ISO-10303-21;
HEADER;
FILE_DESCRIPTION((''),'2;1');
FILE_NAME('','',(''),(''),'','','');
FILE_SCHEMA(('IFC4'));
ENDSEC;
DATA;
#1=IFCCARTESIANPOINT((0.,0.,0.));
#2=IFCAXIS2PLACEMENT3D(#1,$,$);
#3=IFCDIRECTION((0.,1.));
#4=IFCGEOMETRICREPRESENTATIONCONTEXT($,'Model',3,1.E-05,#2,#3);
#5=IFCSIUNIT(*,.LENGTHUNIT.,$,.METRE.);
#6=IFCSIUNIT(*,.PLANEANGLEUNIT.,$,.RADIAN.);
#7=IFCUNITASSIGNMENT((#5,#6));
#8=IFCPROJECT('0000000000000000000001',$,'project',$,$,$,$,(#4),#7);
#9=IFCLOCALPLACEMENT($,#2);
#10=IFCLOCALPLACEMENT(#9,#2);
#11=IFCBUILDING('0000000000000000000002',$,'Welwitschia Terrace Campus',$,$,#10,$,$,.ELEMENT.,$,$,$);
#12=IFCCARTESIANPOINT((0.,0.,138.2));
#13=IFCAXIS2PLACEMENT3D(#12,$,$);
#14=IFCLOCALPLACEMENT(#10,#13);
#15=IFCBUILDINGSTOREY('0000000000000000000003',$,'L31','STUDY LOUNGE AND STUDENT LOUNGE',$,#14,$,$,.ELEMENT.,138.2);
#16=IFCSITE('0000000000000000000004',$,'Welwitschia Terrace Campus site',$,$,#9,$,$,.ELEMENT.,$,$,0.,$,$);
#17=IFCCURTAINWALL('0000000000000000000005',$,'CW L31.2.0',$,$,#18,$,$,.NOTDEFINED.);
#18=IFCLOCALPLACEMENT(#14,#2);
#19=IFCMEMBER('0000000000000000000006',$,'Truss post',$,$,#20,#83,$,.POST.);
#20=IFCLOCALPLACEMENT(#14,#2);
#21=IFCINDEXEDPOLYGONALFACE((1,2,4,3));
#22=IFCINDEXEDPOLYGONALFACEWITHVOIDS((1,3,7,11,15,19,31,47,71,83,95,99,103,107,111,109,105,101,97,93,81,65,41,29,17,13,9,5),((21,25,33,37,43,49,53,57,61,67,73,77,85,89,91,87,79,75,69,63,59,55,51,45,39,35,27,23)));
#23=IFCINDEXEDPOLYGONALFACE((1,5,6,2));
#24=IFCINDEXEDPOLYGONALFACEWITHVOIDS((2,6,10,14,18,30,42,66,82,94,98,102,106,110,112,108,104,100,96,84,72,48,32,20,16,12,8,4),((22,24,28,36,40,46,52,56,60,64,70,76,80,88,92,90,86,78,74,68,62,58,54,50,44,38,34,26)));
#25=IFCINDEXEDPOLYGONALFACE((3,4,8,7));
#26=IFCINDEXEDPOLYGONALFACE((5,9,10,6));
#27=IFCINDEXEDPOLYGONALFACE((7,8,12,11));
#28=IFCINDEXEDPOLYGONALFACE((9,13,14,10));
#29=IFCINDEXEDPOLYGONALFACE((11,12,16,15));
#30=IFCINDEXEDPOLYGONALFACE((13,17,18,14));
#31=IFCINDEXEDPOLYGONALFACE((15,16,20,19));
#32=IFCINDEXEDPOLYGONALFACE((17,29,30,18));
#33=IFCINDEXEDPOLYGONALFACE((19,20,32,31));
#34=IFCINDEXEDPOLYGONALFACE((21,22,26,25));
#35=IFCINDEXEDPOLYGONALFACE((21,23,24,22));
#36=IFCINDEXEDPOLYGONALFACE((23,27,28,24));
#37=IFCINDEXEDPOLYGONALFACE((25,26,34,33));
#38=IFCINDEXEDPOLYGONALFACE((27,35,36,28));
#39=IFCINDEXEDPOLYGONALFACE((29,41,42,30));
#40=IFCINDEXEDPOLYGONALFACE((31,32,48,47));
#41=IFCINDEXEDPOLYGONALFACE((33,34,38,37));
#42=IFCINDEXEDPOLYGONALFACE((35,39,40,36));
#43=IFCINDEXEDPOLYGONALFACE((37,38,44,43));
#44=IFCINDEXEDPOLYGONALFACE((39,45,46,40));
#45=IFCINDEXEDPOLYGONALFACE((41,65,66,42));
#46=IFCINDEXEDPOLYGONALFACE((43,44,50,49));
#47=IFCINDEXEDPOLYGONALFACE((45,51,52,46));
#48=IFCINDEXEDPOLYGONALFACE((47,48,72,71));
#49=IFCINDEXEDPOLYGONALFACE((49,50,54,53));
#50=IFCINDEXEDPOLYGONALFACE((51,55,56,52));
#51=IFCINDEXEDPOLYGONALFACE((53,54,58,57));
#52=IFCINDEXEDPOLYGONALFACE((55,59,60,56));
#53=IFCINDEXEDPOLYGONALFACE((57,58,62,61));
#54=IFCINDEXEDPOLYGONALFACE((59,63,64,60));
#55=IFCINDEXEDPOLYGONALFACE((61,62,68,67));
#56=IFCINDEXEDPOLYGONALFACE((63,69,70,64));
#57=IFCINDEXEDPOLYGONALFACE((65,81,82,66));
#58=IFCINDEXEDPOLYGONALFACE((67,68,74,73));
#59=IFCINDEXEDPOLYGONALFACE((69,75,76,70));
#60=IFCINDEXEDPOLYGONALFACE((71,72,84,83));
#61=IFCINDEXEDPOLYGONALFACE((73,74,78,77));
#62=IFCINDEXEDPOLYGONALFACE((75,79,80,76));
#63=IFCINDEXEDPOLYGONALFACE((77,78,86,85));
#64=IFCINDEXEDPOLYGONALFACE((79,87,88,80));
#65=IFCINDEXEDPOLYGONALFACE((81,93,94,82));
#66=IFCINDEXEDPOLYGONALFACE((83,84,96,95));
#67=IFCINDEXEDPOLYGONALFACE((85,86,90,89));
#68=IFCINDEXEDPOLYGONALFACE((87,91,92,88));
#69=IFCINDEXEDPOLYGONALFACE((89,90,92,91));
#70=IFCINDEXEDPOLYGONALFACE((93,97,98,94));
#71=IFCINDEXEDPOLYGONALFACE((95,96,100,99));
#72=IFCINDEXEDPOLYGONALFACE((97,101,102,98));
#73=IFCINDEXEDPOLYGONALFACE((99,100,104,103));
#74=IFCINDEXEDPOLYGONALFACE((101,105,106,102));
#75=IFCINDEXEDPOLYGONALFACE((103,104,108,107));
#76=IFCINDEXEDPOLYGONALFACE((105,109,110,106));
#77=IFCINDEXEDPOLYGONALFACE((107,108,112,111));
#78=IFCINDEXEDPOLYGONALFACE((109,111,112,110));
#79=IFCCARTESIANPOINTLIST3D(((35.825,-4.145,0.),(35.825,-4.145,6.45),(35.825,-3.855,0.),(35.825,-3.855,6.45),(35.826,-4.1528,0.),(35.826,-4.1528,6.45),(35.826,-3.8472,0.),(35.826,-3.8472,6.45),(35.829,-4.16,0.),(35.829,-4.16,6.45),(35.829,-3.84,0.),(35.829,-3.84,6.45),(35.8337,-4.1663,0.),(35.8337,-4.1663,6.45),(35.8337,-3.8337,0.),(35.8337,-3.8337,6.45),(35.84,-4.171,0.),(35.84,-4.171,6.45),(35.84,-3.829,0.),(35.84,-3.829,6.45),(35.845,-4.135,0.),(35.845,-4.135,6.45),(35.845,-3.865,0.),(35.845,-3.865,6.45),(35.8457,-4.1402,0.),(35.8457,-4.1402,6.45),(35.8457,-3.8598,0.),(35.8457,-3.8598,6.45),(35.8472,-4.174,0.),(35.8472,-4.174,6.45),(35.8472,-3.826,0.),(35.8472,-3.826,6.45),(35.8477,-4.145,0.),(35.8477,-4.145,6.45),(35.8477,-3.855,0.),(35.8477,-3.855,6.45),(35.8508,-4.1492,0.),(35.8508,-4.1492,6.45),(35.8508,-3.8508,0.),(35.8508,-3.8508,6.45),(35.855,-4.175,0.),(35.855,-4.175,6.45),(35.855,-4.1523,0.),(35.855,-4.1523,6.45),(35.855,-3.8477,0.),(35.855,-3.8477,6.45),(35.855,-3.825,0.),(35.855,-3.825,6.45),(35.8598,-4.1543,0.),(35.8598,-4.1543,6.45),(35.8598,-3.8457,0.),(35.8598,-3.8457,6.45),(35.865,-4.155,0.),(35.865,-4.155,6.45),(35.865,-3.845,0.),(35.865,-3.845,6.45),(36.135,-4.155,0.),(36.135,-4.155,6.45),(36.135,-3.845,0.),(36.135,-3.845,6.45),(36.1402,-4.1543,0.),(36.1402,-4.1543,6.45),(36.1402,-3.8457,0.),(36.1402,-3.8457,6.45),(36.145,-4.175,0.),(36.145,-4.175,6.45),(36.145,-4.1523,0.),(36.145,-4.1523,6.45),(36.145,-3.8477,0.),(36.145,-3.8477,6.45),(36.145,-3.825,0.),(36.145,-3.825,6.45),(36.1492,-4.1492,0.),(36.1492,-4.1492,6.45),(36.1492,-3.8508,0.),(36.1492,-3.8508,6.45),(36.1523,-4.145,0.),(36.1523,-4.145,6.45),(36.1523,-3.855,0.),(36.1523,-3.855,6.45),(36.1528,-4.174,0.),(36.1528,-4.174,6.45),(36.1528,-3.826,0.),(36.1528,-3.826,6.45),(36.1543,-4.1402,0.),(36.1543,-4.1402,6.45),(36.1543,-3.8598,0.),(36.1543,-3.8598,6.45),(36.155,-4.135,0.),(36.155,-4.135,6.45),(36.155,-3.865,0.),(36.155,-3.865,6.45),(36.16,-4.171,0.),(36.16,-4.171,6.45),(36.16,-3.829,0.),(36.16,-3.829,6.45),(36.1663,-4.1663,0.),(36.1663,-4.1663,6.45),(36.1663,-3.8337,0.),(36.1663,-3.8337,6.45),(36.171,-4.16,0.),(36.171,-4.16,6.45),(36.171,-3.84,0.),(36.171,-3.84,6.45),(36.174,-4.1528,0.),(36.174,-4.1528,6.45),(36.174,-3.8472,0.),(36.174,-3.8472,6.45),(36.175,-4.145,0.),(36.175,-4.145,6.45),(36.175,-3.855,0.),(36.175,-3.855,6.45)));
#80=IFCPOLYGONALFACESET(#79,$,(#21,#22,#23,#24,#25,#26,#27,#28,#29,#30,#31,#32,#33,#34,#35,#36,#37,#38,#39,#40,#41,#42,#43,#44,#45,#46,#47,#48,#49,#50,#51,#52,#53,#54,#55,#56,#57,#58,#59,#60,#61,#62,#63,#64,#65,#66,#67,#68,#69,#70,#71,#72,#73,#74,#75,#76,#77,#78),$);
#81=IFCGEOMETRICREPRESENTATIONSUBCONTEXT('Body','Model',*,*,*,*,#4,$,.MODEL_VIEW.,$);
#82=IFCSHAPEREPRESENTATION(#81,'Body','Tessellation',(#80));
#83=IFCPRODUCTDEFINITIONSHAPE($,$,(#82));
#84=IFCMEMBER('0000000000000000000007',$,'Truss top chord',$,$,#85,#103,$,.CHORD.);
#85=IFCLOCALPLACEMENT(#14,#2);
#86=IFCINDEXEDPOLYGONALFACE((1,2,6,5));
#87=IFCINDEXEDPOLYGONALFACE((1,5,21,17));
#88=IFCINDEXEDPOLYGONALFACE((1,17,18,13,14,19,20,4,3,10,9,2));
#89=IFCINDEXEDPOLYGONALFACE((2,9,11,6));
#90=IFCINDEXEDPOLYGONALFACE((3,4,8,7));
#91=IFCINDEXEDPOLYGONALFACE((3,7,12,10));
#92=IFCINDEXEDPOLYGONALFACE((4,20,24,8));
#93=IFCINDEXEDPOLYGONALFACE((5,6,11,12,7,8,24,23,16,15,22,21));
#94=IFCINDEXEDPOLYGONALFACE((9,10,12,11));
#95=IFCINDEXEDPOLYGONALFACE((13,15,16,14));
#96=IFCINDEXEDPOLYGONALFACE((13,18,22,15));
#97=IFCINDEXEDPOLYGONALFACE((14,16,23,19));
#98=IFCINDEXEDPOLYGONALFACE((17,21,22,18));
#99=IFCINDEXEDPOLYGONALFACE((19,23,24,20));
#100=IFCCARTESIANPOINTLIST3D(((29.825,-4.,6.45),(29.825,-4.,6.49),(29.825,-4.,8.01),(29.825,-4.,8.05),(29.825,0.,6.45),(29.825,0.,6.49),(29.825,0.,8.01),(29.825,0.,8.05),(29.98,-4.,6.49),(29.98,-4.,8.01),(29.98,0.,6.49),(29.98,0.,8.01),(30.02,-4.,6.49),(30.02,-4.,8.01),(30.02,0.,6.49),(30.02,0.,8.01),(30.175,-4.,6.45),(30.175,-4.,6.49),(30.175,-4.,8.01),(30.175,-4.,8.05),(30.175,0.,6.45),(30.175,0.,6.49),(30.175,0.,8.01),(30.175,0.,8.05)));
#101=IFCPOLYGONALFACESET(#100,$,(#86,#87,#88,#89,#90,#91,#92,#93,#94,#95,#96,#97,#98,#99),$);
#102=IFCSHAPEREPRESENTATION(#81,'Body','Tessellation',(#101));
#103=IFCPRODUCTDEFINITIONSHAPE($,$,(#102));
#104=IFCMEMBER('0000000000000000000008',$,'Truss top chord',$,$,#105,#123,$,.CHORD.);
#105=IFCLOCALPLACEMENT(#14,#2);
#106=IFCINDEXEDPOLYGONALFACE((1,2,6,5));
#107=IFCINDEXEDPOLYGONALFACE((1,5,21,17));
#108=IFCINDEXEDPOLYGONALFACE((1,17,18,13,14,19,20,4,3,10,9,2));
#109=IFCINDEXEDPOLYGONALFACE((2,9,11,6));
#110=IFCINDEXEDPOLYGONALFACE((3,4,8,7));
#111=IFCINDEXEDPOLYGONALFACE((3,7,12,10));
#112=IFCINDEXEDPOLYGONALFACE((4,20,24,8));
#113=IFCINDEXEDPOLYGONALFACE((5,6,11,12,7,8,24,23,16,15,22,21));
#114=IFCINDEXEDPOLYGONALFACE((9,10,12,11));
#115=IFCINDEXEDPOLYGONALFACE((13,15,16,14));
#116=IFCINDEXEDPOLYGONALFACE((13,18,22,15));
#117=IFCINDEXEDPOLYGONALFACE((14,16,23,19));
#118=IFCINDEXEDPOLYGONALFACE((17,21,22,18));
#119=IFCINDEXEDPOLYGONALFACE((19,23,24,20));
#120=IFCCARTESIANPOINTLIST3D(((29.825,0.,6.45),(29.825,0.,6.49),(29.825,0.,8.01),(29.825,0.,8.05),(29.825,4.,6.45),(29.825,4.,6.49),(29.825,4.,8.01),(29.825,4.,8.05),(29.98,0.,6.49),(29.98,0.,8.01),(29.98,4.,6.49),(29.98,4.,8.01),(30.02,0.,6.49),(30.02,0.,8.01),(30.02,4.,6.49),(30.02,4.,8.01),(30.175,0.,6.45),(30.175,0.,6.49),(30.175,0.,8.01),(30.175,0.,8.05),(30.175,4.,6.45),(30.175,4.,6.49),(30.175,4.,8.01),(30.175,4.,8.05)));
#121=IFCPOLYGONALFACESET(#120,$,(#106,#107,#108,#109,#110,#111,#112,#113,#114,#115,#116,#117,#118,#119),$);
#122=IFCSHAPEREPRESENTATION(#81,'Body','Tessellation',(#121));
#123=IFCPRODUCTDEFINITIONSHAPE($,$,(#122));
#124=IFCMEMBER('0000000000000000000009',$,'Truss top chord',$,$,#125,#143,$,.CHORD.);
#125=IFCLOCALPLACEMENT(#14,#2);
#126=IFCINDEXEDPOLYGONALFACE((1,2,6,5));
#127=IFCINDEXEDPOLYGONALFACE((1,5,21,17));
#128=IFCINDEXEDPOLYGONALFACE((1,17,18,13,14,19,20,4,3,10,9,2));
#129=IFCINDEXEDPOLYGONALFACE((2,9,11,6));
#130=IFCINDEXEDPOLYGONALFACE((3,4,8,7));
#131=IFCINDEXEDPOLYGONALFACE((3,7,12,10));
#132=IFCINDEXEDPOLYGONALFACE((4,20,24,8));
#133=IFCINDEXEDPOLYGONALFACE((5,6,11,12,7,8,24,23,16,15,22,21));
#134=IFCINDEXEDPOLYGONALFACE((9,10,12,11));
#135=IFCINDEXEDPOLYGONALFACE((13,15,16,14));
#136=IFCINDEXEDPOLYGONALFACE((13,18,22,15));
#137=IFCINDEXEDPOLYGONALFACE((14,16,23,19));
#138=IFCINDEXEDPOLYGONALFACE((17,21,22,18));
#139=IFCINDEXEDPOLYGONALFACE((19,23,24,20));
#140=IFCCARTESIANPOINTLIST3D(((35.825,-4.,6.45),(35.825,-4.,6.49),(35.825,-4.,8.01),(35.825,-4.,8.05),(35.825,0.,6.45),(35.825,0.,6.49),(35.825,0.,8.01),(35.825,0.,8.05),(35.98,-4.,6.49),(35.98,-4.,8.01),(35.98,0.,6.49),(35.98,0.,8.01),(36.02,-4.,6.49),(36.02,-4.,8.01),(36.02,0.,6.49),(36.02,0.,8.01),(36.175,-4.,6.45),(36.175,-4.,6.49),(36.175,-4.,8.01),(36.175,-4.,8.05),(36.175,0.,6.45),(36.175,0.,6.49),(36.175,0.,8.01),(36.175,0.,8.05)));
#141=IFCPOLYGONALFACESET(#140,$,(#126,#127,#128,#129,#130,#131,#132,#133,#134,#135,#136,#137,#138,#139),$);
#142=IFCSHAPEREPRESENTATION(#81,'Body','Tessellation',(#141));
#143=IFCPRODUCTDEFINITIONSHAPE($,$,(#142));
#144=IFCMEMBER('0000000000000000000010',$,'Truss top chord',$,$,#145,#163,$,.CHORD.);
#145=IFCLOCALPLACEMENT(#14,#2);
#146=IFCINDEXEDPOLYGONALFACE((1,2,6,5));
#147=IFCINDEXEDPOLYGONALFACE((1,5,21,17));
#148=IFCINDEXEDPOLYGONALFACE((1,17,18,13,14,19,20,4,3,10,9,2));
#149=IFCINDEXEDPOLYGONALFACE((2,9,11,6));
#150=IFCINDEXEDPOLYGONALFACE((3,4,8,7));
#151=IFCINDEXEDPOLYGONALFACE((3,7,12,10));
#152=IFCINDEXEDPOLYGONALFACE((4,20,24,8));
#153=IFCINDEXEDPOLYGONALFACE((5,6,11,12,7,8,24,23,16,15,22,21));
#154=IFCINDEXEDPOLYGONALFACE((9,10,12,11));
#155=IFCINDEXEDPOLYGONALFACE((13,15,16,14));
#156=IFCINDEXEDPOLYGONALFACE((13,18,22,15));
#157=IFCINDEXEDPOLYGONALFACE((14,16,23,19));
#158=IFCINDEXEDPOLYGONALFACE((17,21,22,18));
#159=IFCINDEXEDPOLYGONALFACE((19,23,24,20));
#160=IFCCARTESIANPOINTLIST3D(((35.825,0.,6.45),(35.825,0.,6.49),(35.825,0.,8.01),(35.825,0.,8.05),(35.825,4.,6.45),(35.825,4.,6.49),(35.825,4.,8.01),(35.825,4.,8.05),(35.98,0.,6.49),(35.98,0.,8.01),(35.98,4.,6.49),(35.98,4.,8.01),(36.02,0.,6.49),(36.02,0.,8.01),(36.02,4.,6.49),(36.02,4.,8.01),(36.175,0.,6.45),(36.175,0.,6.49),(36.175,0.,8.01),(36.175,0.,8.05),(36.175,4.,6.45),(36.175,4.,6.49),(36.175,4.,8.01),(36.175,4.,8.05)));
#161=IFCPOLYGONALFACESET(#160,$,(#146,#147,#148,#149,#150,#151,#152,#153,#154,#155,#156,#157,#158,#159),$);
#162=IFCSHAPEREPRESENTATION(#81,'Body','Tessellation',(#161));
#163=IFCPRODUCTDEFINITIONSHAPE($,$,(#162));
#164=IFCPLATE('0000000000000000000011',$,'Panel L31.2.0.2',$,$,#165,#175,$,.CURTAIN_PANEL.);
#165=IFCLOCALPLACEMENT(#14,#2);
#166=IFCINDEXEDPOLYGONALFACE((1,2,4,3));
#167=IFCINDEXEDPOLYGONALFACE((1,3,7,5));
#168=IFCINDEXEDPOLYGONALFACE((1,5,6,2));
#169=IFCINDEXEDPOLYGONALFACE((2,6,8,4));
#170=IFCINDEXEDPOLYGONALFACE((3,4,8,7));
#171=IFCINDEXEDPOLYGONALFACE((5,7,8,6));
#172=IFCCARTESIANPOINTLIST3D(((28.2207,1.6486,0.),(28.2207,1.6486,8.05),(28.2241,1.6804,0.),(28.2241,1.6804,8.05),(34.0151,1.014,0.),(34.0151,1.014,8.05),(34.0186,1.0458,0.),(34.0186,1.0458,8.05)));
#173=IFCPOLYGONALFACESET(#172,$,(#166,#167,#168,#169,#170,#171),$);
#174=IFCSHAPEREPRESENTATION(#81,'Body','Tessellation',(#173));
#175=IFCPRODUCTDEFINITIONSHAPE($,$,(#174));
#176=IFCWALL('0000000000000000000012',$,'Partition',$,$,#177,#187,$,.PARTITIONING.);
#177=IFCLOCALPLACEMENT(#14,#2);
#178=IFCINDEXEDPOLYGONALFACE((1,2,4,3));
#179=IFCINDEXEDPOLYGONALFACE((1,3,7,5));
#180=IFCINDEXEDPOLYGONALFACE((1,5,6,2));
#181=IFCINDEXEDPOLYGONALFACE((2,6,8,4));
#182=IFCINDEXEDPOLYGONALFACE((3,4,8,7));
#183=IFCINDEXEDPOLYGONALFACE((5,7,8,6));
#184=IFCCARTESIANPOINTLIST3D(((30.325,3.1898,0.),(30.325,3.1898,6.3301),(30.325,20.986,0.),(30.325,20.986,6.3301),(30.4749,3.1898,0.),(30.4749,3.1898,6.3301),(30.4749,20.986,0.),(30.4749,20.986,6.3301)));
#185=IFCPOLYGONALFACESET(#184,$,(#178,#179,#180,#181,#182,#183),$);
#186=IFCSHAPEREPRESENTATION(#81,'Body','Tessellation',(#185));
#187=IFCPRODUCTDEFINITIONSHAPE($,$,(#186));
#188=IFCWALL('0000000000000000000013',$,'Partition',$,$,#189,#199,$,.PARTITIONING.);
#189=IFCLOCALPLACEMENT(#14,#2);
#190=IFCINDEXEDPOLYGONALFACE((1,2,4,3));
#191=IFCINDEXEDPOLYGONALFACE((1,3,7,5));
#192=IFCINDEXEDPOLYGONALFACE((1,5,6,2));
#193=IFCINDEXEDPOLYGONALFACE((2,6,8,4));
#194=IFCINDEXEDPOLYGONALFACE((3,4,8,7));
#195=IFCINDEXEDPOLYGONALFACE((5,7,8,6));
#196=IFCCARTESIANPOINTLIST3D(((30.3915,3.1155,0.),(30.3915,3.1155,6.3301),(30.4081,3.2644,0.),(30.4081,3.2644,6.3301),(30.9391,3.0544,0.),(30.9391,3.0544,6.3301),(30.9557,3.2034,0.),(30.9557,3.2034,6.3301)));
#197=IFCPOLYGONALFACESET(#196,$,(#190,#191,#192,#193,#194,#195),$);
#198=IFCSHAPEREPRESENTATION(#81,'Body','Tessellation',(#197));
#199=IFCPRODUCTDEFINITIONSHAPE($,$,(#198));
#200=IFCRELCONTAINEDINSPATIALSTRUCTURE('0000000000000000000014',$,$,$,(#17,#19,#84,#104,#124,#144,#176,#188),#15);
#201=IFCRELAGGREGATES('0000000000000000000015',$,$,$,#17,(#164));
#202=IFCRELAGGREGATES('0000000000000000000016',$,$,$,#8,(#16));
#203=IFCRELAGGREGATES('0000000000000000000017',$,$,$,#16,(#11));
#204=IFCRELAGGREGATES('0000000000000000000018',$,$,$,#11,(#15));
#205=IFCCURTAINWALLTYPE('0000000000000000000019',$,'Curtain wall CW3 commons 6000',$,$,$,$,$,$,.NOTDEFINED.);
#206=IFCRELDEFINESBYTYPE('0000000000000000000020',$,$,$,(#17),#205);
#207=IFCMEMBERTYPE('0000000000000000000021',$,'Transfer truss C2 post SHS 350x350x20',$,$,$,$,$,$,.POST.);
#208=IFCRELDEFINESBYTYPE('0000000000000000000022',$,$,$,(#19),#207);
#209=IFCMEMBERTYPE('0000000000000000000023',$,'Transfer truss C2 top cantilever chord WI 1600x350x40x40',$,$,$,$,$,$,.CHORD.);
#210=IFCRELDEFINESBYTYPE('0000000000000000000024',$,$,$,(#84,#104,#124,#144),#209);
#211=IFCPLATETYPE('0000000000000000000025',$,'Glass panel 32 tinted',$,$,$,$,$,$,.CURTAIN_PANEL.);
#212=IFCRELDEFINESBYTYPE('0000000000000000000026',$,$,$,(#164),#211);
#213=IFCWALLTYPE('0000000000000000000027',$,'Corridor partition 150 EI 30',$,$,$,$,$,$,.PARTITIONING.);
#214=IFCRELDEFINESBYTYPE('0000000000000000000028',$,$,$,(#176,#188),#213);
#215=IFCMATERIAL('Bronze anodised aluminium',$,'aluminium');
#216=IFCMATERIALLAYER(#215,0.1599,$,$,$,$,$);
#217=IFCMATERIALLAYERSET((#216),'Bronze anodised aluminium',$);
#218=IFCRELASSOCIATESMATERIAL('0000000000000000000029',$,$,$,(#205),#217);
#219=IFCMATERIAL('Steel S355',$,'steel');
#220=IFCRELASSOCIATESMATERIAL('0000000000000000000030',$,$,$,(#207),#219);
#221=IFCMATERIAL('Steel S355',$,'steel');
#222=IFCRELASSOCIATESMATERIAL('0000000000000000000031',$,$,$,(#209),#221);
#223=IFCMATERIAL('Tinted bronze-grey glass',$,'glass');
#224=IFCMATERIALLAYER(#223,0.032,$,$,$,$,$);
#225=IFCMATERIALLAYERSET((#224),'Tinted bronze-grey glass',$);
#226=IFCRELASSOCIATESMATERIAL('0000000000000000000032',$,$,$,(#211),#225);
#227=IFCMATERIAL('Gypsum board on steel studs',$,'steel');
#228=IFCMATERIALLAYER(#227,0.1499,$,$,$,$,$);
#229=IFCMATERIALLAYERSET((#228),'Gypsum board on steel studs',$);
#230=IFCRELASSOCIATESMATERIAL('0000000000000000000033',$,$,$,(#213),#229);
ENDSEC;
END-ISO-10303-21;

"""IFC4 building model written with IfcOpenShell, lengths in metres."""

from ifc_helpers import new_model, si_unit, direction, frame, frame_2d, origin, origin_2d, place, context, subcontext, project, spatial, rectangle, hollow_rectangle, i_section, extrude, material, layer, layer_set, material_profile, profile_set, type_object, element, aggregate, save


model = new_model("IFC4")

# Units and contexts
model_context = context("Model", 3, precision=1e-05, world=origin(), true_north=direction((0.0, 1.0)))
body_context = subcontext(model_context, "Body", "Model", "MODEL_VIEW")
ifc_project = project(units=[si_unit("LENGTHUNIT", "METRE"), si_unit("PLANEANGLEUNIT", "RADIAN")], contexts=[model_context])

# Site, building, storey
site_placement = place(None, origin())
site = spatial("IfcSite", under=ifc_project, at=site_placement, Name="Welwitschia Terrace Campus site", CompositionType="ELEMENT", RefElevation=0.0)
building_placement = place(site_placement, origin())
building = spatial("IfcBuilding", under=site, at=building_placement, Name="Welwitschia Terrace Campus", CompositionType="ELEMENT")
storey_placement = place(building_placement, frame((0.0, 0.0, 138.2)))
storey = spatial("IfcBuildingStorey", under=building, at=storey_placement, Name="L31", Description="STUDY LOUNGE AND STUDENT LOUNGE", CompositionType="ELEMENT", Elevation=138.2)

# Curtain wall
ifc_material_1 = material(Name="Bronze anodised aluminium", Category="aluminium")
ifc_layer_1 = layer(ifc_material_1, 0.1599)
ifc_layer_set_1 = layer_set([ifc_layer_1], Name="Bronze anodised aluminium")
curtain_wall_type = type_object("IfcCurtainWallType", Name="Curtain wall CW3 commons 6000", PredefinedType="NOTDEFINED", material=ifc_layer_set_1)
curtain_wall_placement = place(storey_placement, origin())
curtain_wall = element("IfcCurtainWall", 1, at=curtain_wall_placement, inside=storey, type_object=curtain_wall_type, Name="CW L31.2.0", PredefinedType="NOTDEFINED")

# Members
ifc_material_2 = material(Name="Steel S355", Category="steel")
ifc_material_profile_1 = material_profile(ifc_material_2, hollow_rectangle(XDim=0.3501, YDim=0.3501, WallThickness=0.02, InnerFilletRadius=0.02, OuterFilletRadius=0.03, at=origin_2d()))
ifc_profile_set_1 = profile_set([ifc_material_profile_1], Name="Steel S355")
member_type_1 = type_object("IfcMemberType", Name="Transfer truss C2 post SHS 350x350x20", PredefinedType="POST", material=ifc_profile_set_1)
for number, where, z_axis, x_axis, name in (
    (2, (36.0, -4.0, 0.0), (0.0, 0.0, 1.0), (1.0, 0.0, 0.0), "Truss post"),
):
    element("IfcMember", number, at=place(storey_placement, frame(where, z_axis=z_axis, x_axis=x_axis)), inside=storey, type_object=member_type_1, Name=name, PredefinedType="POST", context=body_context, shape_type="SweptSolid", body=[
        extrude(hollow_rectangle(XDim=0.3501, YDim=0.3501, WallThickness=0.02, InnerFilletRadius=0.02, OuterFilletRadius=0.03, at=origin_2d()), origin(), (0.0, 0.0, 1.0), 6.45),
    ])
ifc_material_3 = material(Name="Steel S355", Category="steel")
ifc_material_profile_2 = material_profile(ifc_material_3, i_section(OverallWidth=0.3501, OverallDepth=1.6001, WebThickness=0.04, FlangeThickness=0.04, at=origin_2d()))
ifc_profile_set_2 = profile_set([ifc_material_profile_2], Name="Steel S355")
member_type_2 = type_object("IfcMemberType", Name="Transfer truss C2 top cantilever chord WI 1600x350x40x40", PredefinedType="CHORD", material=ifc_profile_set_2)
for number, where, z_axis, x_axis, name in (
    (3, (30.0, -4.0, 7.25), (0.0, 1.0, 0.0), (-1.0, 0.0, 0.0), "Truss top chord"),
    (4, (30.0, 0.0, 7.25), (0.0, 1.0, 0.0), (-1.0, 0.0, 0.0), "Truss top chord"),
    (5, (36.0, -4.0, 7.25), (0.0, 1.0, 0.0), (-1.0, 0.0, 0.0), "Truss top chord"),
    (6, (36.0, 0.0, 7.25), (0.0, 1.0, 0.0), (-1.0, 0.0, 0.0), "Truss top chord"),
):
    element("IfcMember", number, at=place(storey_placement, frame(where, z_axis=z_axis, x_axis=x_axis)), inside=storey, type_object=member_type_2, Name=name, PredefinedType="CHORD", context=body_context, shape_type="SweptSolid", body=[
        extrude(i_section(OverallWidth=0.3501, OverallDepth=1.6001, WebThickness=0.04, FlangeThickness=0.04, at=origin_2d()), origin(), (0.0, 0.0, 1.0), 4.0),
    ])

# Plate
ifc_material_4 = material(Name="Tinted bronze-grey glass", Category="glass")
ifc_layer_2 = layer(ifc_material_4, 0.032)
ifc_layer_set_2 = layer_set([ifc_layer_2], Name="Tinted bronze-grey glass")
plate_type = type_object("IfcPlateType", Name="Glass panel 32 tinted", PredefinedType="CURTAIN_PANEL", material=ifc_layer_set_2)
plate_placement = place(storey_placement, frame((31.1196, 1.3472, 0.0), z_axis=(0.0, 0.0, 1.0), x_axis=(0.994056, -0.108867, 0.0)))
plate = element("IfcPlate", 7, at=plate_placement, type_object=plate_type, Name="Panel L31.2.0.2", PredefinedType="CURTAIN_PANEL", context=body_context, shape_type="SweptSolid", body=[
    extrude(rectangle(XDim=5.8291, YDim=0.032, at=origin_2d()), origin(), (0.0, 0.0, 1.0), 8.05),
])
aggregate(curtain_wall, [plate])

# Walls
ifc_material_5 = material(Name="Gypsum board on steel studs", Category="steel")
ifc_layer_3 = layer(ifc_material_5, 0.1499)
ifc_layer_set_3 = layer_set([ifc_layer_3], Name="Gypsum board on steel studs")
wall_type = type_object("IfcWallType", Name="Corridor partition 150 EI 30", PredefinedType="PARTITIONING", material=ifc_layer_set_3)
wall_1_placement = place(storey_placement, frame((30.3999, 3.1899, 0.0), z_axis=(0.0, 0.0, 1.0), x_axis=(0.0, 1.0, 0.0)))
element("IfcWall", 8, at=wall_1_placement, inside=storey, type_object=wall_type, Name="Partition", PredefinedType="PARTITIONING", context=body_context, shape_type="SweptSolid", body=[
    extrude(rectangle(XDim=17.7961, YDim=0.1499, at=frame_2d((8.8979, 0.0))), origin(), (0.0, 0.0, 1.0), 6.3301),
])
wall_2_placement = place(storey_placement, frame((30.3999, 3.1899, 0.0), z_axis=(0.0, 0.0, 1.0), x_axis=(0.993846, -0.110772, 0.0)))
element("IfcWall", 9, at=wall_2_placement, inside=storey, type_object=wall_type, Name="Partition", PredefinedType="PARTITIONING", context=body_context, shape_type="SweptSolid", body=[
    extrude(rectangle(XDim=0.551, YDim=0.1499, at=frame_2d((0.2754, 0.0))), origin(), (0.0, 0.0, 1.0), 6.3301),
])

save(model, "model.ifc")
